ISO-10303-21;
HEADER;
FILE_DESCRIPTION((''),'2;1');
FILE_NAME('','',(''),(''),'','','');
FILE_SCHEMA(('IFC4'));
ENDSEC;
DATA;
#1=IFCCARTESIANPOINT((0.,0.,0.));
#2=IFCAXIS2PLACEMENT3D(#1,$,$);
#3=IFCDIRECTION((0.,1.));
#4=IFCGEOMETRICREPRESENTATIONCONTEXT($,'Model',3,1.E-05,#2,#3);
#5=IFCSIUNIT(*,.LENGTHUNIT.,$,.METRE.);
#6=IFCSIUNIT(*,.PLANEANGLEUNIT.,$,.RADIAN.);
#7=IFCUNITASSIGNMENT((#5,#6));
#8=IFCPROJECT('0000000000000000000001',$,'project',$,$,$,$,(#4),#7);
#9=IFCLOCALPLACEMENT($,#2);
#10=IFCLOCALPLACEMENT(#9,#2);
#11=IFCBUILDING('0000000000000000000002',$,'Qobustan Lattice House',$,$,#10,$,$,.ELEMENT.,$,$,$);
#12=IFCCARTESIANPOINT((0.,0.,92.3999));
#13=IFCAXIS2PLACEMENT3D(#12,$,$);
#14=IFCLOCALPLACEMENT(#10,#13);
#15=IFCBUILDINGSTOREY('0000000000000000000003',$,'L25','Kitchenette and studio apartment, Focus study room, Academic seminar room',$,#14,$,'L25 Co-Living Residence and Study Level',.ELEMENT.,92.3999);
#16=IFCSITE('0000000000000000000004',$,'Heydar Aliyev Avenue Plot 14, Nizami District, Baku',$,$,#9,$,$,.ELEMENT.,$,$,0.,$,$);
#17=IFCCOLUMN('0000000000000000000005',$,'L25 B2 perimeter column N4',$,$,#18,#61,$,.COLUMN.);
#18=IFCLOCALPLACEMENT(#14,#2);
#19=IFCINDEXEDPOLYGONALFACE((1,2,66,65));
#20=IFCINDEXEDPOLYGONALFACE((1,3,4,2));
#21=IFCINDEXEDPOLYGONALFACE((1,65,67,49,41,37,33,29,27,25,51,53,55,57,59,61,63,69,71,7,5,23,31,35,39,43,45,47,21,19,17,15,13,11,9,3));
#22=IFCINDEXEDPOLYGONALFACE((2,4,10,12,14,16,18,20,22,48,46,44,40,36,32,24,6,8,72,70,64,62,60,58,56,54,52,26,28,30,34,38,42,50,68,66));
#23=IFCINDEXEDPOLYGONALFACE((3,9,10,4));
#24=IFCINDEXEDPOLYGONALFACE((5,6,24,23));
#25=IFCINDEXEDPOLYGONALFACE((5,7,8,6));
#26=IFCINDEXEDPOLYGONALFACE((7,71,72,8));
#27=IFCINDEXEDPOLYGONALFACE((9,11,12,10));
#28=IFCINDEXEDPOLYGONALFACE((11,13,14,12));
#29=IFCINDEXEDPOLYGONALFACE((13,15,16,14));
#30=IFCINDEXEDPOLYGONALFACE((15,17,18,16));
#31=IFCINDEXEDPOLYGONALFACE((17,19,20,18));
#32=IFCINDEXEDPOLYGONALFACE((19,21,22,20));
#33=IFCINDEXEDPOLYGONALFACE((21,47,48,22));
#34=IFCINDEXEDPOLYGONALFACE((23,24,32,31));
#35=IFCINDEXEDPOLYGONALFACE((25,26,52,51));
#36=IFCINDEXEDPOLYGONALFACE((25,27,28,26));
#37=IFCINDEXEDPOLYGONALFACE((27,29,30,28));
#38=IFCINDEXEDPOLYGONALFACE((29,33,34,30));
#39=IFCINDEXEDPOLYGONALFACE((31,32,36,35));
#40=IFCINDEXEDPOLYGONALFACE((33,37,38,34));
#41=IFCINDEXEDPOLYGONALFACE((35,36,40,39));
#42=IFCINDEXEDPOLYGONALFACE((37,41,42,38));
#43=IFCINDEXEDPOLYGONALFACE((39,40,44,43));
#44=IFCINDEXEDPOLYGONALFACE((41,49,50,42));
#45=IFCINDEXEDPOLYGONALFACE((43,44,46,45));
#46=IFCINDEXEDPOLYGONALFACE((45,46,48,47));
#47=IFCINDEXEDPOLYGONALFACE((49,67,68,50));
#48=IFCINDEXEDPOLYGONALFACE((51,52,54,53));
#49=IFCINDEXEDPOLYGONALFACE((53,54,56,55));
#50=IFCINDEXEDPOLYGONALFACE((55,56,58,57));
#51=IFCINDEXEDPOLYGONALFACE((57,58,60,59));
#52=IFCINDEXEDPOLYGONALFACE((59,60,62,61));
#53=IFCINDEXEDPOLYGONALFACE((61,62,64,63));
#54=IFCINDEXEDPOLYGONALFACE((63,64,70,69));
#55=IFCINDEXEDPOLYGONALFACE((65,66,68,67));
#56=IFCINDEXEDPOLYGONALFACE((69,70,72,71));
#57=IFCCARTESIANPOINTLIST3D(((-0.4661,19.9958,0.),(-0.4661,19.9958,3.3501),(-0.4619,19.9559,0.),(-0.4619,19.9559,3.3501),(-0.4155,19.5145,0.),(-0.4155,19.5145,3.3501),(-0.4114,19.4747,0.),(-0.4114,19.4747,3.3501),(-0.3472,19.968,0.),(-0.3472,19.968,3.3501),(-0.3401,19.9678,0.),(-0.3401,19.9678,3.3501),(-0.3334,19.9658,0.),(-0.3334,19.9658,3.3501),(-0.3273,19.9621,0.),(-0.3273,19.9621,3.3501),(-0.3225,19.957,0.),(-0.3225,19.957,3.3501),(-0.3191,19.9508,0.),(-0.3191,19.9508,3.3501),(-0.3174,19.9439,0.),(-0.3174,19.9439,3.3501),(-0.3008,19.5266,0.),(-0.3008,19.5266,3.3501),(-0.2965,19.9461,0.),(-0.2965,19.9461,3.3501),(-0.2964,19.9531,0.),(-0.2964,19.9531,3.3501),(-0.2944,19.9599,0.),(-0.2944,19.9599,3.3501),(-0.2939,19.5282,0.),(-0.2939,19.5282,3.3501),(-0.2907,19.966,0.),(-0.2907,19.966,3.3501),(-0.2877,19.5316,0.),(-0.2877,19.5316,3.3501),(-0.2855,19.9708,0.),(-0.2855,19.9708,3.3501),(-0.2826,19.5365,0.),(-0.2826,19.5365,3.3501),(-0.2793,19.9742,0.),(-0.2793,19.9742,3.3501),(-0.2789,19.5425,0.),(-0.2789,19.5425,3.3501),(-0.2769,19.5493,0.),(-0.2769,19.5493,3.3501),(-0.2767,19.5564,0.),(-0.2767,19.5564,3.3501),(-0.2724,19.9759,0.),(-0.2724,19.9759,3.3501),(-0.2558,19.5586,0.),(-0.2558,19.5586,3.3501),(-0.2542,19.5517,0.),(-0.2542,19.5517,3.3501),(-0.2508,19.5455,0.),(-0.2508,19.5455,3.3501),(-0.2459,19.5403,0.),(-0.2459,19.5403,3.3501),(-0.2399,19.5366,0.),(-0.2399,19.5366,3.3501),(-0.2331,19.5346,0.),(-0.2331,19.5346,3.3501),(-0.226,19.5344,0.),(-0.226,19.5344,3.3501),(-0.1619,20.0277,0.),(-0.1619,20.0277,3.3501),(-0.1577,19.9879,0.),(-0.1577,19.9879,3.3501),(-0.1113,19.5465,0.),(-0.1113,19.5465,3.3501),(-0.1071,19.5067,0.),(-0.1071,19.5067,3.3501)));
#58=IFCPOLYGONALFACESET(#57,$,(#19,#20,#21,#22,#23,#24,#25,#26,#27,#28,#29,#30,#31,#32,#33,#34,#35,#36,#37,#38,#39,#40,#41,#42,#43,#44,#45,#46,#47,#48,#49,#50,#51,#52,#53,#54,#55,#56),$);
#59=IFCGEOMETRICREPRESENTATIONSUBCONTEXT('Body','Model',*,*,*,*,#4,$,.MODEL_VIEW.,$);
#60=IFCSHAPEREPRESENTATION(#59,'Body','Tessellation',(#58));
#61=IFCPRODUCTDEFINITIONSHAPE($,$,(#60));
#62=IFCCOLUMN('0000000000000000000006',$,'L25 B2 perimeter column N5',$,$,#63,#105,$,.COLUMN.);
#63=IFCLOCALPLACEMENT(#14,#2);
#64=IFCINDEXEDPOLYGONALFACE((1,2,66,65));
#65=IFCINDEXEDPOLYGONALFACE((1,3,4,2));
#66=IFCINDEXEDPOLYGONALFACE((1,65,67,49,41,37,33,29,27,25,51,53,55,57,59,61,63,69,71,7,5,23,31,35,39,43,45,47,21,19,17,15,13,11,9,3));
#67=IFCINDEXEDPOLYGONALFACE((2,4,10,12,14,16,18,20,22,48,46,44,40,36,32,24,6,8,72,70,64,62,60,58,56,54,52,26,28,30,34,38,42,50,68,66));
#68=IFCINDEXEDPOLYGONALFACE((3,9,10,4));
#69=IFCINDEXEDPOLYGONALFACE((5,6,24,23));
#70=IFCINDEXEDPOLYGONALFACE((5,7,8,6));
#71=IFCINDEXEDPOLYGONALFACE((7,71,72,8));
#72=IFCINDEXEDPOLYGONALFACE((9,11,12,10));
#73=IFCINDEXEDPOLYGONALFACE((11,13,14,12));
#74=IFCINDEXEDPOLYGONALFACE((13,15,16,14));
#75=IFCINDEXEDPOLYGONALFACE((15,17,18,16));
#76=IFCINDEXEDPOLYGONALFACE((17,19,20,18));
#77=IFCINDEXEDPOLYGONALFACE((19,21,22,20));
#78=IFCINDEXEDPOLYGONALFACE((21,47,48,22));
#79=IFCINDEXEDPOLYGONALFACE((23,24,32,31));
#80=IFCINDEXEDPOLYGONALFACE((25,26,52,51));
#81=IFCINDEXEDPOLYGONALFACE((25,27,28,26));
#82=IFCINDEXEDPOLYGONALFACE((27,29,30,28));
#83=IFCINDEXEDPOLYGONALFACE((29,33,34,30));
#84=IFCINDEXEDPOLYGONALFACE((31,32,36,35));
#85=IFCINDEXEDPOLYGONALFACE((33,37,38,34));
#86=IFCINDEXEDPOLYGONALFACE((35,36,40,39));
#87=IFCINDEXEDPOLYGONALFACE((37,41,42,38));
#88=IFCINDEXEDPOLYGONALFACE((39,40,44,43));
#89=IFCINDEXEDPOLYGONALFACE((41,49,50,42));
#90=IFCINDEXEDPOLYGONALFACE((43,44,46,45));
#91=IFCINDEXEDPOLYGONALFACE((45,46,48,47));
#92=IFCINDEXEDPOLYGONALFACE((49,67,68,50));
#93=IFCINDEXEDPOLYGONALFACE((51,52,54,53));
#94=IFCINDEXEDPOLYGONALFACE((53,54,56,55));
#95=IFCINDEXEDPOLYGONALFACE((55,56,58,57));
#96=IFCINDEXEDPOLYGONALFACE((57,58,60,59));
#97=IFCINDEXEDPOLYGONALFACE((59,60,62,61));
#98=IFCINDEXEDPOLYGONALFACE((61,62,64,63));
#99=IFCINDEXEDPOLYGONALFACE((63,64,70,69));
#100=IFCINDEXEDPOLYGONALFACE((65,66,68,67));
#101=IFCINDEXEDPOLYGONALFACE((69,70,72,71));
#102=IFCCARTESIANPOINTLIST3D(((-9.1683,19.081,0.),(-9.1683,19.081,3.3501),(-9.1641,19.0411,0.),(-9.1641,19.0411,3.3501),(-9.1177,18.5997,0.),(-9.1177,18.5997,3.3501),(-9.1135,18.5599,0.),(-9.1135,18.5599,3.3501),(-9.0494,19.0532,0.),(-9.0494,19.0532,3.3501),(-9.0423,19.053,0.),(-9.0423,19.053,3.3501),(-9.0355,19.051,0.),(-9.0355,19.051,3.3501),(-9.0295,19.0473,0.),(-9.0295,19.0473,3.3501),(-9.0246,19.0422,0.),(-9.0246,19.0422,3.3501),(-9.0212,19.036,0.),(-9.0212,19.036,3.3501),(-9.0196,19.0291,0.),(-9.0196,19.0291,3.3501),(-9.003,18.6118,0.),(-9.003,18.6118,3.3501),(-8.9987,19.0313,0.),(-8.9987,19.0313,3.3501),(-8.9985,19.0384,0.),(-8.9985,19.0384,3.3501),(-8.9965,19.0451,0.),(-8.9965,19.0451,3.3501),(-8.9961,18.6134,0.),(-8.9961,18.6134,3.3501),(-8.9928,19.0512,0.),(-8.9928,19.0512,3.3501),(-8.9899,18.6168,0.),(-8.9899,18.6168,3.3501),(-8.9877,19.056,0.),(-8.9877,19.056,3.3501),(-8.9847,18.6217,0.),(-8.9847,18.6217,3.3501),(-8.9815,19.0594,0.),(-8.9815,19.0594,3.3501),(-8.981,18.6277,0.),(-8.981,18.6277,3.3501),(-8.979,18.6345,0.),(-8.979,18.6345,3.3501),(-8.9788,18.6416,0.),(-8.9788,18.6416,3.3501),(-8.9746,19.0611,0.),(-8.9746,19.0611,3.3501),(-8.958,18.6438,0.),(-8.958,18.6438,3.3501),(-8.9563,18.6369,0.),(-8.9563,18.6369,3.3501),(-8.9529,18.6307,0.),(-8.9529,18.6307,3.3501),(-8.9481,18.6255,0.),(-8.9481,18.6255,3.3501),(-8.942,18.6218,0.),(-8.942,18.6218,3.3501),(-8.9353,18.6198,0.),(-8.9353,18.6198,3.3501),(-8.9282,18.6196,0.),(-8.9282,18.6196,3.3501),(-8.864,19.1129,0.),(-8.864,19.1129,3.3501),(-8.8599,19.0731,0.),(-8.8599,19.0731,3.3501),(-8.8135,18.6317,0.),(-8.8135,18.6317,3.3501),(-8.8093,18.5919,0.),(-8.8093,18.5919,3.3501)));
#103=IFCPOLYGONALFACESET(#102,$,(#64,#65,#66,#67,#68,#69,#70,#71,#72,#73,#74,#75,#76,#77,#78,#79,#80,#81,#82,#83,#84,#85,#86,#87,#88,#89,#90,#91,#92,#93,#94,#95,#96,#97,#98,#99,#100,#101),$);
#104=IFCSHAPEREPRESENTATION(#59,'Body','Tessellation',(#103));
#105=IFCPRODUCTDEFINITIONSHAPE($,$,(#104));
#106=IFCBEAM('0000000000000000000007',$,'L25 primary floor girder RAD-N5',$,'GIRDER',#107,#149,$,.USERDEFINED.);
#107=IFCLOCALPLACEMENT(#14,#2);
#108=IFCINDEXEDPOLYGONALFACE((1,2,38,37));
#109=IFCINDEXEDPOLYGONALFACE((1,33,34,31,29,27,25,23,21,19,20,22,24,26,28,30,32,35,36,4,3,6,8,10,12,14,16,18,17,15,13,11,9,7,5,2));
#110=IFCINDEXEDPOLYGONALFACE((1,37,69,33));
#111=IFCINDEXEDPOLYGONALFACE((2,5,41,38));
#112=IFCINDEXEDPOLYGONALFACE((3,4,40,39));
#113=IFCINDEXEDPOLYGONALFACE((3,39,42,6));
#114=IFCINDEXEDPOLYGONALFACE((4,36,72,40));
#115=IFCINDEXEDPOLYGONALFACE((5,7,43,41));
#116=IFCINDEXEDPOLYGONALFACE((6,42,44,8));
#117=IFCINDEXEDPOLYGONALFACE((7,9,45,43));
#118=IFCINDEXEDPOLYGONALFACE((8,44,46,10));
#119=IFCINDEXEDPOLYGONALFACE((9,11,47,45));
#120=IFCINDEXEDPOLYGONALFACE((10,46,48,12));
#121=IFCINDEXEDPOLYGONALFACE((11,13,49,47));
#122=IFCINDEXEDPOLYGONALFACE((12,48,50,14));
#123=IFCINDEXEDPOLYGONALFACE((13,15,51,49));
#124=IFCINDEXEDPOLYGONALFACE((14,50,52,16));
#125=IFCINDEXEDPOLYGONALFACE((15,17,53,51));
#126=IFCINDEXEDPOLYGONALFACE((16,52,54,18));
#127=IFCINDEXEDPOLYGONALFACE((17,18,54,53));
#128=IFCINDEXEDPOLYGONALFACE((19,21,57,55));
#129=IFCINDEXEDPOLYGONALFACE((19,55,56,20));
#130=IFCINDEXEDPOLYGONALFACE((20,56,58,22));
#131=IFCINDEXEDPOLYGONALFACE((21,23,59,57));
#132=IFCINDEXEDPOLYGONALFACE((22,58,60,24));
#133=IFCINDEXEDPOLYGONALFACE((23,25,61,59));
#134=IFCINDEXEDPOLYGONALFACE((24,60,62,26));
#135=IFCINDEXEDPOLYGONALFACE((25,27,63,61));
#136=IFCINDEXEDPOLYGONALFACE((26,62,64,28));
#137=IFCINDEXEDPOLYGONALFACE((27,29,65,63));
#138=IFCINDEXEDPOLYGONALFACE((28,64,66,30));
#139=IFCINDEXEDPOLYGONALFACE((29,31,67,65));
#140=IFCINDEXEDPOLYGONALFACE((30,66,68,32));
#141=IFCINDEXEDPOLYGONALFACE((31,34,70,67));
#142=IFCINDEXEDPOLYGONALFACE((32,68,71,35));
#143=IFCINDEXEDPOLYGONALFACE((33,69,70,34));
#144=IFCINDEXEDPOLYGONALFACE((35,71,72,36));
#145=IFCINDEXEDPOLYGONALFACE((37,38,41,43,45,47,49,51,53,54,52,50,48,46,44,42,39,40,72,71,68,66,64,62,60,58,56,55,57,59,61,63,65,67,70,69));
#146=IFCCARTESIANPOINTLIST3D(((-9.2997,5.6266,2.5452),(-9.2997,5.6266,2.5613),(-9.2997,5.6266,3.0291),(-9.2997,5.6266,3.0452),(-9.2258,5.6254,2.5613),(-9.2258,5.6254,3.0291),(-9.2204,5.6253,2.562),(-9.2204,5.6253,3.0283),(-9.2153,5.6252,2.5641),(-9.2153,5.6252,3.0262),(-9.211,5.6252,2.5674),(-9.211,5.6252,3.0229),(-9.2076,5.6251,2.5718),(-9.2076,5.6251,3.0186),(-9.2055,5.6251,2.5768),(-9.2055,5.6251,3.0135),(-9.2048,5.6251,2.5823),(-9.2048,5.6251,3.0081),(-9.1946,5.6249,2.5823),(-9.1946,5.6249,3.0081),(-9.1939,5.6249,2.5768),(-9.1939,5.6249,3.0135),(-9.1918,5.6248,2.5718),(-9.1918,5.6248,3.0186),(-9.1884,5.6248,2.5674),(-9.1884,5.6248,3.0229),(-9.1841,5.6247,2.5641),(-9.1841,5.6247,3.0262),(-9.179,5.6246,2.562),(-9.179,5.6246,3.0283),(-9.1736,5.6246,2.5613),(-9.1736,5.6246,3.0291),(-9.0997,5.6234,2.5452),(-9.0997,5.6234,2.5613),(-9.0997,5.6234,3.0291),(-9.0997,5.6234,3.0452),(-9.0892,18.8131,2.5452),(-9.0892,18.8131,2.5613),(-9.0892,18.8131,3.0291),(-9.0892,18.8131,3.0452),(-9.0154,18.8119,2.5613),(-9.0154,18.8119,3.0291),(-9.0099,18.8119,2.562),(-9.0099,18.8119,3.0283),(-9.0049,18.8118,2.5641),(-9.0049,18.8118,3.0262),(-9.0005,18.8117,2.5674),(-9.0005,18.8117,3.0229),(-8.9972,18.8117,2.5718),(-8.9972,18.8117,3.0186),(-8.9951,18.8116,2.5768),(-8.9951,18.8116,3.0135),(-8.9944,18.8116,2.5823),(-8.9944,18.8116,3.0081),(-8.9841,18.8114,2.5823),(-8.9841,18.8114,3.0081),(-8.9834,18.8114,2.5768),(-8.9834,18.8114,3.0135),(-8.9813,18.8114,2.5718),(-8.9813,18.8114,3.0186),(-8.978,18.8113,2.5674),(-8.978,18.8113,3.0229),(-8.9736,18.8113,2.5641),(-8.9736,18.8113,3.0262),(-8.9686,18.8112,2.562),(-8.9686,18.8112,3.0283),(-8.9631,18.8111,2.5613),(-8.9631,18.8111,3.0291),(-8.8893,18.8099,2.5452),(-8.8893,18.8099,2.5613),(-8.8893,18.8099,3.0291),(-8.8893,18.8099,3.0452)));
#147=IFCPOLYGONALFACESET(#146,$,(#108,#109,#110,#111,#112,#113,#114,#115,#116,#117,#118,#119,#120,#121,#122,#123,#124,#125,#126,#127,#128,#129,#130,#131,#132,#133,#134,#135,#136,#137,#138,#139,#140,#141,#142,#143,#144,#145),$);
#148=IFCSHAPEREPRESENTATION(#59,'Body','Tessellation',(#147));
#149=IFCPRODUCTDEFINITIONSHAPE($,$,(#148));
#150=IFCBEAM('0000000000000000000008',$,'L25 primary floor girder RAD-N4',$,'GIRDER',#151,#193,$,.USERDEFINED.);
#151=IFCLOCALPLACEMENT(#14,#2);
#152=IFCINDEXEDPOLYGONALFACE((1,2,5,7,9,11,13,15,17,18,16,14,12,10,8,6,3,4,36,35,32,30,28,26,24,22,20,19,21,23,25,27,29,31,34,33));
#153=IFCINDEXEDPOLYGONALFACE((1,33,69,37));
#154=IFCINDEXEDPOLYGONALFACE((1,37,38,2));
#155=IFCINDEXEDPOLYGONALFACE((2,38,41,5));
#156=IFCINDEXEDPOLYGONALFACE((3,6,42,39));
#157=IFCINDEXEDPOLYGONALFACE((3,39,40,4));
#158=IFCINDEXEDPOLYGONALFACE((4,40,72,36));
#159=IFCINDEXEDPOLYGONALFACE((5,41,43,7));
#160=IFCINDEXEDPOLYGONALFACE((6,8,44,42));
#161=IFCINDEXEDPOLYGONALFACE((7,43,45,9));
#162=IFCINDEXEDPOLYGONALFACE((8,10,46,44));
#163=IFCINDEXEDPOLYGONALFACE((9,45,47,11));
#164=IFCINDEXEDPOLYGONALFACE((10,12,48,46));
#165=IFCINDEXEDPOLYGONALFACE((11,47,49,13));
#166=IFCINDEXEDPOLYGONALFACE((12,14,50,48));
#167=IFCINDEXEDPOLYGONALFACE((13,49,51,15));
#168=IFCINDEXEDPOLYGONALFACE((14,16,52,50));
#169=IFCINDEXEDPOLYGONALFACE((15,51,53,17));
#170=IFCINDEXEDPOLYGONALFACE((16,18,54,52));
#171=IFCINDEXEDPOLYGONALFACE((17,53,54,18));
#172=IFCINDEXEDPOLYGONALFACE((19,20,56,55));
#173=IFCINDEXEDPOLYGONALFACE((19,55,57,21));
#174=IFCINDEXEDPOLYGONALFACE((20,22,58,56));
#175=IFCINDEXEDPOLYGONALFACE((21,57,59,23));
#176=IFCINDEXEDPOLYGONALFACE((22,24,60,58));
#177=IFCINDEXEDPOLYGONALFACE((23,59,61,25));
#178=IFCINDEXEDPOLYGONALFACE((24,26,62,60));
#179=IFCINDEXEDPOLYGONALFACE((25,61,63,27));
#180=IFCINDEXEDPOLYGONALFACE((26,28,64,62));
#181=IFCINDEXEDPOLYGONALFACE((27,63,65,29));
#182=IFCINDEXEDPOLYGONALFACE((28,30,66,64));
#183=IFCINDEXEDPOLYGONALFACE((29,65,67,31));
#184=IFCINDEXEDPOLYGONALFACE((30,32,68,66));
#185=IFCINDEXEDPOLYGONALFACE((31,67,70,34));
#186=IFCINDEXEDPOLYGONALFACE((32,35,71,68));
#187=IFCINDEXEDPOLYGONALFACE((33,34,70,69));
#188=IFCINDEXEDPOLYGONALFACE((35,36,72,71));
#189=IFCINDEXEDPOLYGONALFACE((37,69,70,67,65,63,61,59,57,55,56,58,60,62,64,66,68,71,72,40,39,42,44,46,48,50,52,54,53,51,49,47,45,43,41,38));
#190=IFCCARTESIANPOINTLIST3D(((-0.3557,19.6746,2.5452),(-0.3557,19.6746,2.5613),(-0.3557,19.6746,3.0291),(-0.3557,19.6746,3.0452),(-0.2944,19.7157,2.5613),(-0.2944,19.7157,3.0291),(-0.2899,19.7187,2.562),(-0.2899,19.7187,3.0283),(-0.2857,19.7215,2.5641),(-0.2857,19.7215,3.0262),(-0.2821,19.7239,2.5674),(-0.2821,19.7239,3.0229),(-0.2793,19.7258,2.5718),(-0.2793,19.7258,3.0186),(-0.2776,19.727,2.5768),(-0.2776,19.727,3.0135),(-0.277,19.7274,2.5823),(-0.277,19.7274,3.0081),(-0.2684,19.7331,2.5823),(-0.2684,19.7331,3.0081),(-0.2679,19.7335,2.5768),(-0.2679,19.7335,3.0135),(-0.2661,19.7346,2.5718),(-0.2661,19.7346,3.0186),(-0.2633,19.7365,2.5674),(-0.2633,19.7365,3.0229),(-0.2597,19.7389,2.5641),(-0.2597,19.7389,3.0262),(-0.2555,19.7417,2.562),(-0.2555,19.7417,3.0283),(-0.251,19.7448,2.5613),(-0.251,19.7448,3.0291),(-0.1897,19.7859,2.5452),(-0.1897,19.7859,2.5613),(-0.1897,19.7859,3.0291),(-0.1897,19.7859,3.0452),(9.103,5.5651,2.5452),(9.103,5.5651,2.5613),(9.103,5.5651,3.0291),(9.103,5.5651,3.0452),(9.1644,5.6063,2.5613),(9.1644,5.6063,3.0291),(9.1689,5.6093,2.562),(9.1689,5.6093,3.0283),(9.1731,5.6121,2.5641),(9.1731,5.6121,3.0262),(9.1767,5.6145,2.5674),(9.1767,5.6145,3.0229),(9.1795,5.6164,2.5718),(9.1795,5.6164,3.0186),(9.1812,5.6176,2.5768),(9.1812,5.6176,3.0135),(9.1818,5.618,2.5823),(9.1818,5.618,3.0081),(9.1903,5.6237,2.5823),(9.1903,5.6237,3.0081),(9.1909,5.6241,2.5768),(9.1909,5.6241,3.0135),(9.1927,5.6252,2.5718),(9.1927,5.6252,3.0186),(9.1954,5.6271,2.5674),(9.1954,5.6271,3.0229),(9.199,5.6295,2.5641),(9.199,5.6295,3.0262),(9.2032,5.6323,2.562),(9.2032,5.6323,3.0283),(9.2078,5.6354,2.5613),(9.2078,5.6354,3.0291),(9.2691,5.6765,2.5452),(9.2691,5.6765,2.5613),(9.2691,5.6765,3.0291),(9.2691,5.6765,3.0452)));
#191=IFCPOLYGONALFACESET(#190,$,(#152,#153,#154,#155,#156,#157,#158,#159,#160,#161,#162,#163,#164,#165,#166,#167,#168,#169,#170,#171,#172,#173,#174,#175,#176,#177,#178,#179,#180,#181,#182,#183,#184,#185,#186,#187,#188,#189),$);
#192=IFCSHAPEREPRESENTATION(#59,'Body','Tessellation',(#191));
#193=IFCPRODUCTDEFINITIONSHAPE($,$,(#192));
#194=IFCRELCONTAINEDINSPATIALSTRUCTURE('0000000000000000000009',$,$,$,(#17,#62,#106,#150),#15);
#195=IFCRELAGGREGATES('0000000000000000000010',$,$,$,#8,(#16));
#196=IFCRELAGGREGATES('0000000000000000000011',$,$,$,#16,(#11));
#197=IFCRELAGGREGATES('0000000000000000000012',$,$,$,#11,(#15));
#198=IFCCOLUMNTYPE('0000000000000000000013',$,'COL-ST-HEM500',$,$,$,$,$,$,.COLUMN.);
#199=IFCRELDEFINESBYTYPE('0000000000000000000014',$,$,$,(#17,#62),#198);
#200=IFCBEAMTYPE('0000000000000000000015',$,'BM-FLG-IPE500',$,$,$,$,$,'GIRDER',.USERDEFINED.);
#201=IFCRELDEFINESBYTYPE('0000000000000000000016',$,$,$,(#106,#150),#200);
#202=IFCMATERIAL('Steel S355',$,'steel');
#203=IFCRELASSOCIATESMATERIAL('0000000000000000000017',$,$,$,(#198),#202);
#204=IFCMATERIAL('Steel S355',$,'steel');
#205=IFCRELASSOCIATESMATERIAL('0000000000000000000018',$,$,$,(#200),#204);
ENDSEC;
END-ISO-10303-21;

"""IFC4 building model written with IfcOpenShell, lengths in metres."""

from ifc_helpers import new_model, si_unit, direction, frame, origin, origin_2d, place, context, subcontext, project, spatial, i_section, extrude, material, material_profile, profile_set, type_object, element, save


model = new_model("IFC4")

# Units and contexts
model_context = context("Model", 3, precision=1e-05, world=origin(), true_north=direction((0.0, 1.0)))
body_context = subcontext(model_context, "Body", "Model", "MODEL_VIEW")
ifc_project = project(units=[si_unit("LENGTHUNIT", "METRE"), si_unit("PLANEANGLEUNIT", "RADIAN")], contexts=[model_context])

# Site, building, storey
site_placement = place(None, origin())
site = spatial("IfcSite", under=ifc_project, at=site_placement, Name="Heydar Aliyev Avenue Plot 14, Nizami District, Baku", CompositionType="ELEMENT", RefElevation=0.0)
building_placement = place(site_placement, origin())
building = spatial("IfcBuilding", under=site, at=building_placement, Name="Qobustan Lattice House", CompositionType="ELEMENT")
storey_placement = place(building_placement, frame((0.0, 0.0, 92.3999)))
storey = spatial("IfcBuildingStorey", under=building, at=storey_placement, Name="L25", Description="Kitchenette and studio apartment, Focus study room, Academic seminar room", LongName="L25 Co-Living Residence and Study Level", CompositionType="ELEMENT", Elevation=92.3999)

# Columns
ifc_material_1 = material(Name="Steel S355", Category="steel")
ifc_material_profile_1 = material_profile(ifc_material_1, i_section(OverallWidth=0.3059, OverallDepth=0.5239, WebThickness=0.021, FlangeThickness=0.04, FilletRadius=0.0271, at=origin_2d()), Name="HEM500")
ifc_profile_set_1 = profile_set([ifc_material_profile_1], Name="Steel S355")
column_type = type_object("IfcColumnType", Name="COL-ST-HEM500", PredefinedType="COLUMN", material=ifc_profile_set_1)
for number, where, z_axis, x_axis, name in (
    (1, (-0.2866, 19.7512, 0.0), (0.0, 0.0, 1.0), (0.994522, 0.104528, 0.0), "L25 B2 perimeter column N4"),
    (2, (-8.9888, 18.8364, 0.0), (0.0, 0.0, 1.0), (0.994522, 0.104528, 0.0), "L25 B2 perimeter column N5"),
):
    element("IfcColumn", number, at=place(storey_placement, frame(where, z_axis=z_axis, x_axis=x_axis)), inside=storey, type_object=column_type, Name=name, PredefinedType="COLUMN", context=body_context, shape_type="SweptSolid", body=[
        extrude(i_section(OverallWidth=0.3059, OverallDepth=0.5239, WebThickness=0.021, FlangeThickness=0.04, FilletRadius=0.0271, at=origin_2d()), origin(), (0.0, 0.0, 1.0), 3.3501),
    ])

# Beams
ifc_material_2 = material(Name="Steel S355", Category="steel")
ifc_material_profile_2 = material_profile(ifc_material_2, i_section(OverallWidth=0.2, OverallDepth=0.5, WebThickness=0.0103, FlangeThickness=0.0161, FilletRadius=0.021, at=origin_2d()), Name="IPE500")
ifc_profile_set_2 = profile_set([ifc_material_profile_2], Name="Steel S355")
beam_type_1 = type_object("IfcBeamType", Name="BM-FLG-IPE500", ElementType="GIRDER", PredefinedType="USERDEFINED", material=ifc_profile_set_2)
beam_1_placement = place(storey_placement, frame((-8.9893, 18.8115, 2.7952), z_axis=(-0.015957, -0.999873, 0.0), x_axis=(0.999873, -0.015957, 0.0)))
element("IfcBeam", 3, at=beam_1_placement, inside=storey, type_object=beam_type_1, Name="L25 primary floor girder RAD-N5", ObjectType="GIRDER", PredefinedType="USERDEFINED", context=body_context, shape_type="SweptSolid", body=[
    extrude(i_section(OverallWidth=0.2, OverallDepth=0.5, WebThickness=0.0103, FlangeThickness=0.0161, FilletRadius=0.021, at=origin_2d()), origin(), (0.0, 0.0, 1.0), 13.1882),
])
beam_2_placement = place(storey_placement, frame((-0.2727, 19.7302, 2.7952), z_axis=(0.556838, -0.830621, 0.0), x_axis=(0.830621, 0.556838, 0.0)))
element("IfcBeam", 4, at=beam_2_placement, inside=storey, type_object=beam_type_1, Name="L25 primary floor girder RAD-N4", ObjectType="GIRDER", PredefinedType="USERDEFINED", context=body_context, shape_type="SweptSolid", body=[
    extrude(i_section(OverallWidth=0.2, OverallDepth=0.5, WebThickness=0.0103, FlangeThickness=0.0161, FilletRadius=0.021, at=origin_2d()), origin(), (0.0, 0.0, 1.0), 16.9866),
])

save(model, "model.ifc")
